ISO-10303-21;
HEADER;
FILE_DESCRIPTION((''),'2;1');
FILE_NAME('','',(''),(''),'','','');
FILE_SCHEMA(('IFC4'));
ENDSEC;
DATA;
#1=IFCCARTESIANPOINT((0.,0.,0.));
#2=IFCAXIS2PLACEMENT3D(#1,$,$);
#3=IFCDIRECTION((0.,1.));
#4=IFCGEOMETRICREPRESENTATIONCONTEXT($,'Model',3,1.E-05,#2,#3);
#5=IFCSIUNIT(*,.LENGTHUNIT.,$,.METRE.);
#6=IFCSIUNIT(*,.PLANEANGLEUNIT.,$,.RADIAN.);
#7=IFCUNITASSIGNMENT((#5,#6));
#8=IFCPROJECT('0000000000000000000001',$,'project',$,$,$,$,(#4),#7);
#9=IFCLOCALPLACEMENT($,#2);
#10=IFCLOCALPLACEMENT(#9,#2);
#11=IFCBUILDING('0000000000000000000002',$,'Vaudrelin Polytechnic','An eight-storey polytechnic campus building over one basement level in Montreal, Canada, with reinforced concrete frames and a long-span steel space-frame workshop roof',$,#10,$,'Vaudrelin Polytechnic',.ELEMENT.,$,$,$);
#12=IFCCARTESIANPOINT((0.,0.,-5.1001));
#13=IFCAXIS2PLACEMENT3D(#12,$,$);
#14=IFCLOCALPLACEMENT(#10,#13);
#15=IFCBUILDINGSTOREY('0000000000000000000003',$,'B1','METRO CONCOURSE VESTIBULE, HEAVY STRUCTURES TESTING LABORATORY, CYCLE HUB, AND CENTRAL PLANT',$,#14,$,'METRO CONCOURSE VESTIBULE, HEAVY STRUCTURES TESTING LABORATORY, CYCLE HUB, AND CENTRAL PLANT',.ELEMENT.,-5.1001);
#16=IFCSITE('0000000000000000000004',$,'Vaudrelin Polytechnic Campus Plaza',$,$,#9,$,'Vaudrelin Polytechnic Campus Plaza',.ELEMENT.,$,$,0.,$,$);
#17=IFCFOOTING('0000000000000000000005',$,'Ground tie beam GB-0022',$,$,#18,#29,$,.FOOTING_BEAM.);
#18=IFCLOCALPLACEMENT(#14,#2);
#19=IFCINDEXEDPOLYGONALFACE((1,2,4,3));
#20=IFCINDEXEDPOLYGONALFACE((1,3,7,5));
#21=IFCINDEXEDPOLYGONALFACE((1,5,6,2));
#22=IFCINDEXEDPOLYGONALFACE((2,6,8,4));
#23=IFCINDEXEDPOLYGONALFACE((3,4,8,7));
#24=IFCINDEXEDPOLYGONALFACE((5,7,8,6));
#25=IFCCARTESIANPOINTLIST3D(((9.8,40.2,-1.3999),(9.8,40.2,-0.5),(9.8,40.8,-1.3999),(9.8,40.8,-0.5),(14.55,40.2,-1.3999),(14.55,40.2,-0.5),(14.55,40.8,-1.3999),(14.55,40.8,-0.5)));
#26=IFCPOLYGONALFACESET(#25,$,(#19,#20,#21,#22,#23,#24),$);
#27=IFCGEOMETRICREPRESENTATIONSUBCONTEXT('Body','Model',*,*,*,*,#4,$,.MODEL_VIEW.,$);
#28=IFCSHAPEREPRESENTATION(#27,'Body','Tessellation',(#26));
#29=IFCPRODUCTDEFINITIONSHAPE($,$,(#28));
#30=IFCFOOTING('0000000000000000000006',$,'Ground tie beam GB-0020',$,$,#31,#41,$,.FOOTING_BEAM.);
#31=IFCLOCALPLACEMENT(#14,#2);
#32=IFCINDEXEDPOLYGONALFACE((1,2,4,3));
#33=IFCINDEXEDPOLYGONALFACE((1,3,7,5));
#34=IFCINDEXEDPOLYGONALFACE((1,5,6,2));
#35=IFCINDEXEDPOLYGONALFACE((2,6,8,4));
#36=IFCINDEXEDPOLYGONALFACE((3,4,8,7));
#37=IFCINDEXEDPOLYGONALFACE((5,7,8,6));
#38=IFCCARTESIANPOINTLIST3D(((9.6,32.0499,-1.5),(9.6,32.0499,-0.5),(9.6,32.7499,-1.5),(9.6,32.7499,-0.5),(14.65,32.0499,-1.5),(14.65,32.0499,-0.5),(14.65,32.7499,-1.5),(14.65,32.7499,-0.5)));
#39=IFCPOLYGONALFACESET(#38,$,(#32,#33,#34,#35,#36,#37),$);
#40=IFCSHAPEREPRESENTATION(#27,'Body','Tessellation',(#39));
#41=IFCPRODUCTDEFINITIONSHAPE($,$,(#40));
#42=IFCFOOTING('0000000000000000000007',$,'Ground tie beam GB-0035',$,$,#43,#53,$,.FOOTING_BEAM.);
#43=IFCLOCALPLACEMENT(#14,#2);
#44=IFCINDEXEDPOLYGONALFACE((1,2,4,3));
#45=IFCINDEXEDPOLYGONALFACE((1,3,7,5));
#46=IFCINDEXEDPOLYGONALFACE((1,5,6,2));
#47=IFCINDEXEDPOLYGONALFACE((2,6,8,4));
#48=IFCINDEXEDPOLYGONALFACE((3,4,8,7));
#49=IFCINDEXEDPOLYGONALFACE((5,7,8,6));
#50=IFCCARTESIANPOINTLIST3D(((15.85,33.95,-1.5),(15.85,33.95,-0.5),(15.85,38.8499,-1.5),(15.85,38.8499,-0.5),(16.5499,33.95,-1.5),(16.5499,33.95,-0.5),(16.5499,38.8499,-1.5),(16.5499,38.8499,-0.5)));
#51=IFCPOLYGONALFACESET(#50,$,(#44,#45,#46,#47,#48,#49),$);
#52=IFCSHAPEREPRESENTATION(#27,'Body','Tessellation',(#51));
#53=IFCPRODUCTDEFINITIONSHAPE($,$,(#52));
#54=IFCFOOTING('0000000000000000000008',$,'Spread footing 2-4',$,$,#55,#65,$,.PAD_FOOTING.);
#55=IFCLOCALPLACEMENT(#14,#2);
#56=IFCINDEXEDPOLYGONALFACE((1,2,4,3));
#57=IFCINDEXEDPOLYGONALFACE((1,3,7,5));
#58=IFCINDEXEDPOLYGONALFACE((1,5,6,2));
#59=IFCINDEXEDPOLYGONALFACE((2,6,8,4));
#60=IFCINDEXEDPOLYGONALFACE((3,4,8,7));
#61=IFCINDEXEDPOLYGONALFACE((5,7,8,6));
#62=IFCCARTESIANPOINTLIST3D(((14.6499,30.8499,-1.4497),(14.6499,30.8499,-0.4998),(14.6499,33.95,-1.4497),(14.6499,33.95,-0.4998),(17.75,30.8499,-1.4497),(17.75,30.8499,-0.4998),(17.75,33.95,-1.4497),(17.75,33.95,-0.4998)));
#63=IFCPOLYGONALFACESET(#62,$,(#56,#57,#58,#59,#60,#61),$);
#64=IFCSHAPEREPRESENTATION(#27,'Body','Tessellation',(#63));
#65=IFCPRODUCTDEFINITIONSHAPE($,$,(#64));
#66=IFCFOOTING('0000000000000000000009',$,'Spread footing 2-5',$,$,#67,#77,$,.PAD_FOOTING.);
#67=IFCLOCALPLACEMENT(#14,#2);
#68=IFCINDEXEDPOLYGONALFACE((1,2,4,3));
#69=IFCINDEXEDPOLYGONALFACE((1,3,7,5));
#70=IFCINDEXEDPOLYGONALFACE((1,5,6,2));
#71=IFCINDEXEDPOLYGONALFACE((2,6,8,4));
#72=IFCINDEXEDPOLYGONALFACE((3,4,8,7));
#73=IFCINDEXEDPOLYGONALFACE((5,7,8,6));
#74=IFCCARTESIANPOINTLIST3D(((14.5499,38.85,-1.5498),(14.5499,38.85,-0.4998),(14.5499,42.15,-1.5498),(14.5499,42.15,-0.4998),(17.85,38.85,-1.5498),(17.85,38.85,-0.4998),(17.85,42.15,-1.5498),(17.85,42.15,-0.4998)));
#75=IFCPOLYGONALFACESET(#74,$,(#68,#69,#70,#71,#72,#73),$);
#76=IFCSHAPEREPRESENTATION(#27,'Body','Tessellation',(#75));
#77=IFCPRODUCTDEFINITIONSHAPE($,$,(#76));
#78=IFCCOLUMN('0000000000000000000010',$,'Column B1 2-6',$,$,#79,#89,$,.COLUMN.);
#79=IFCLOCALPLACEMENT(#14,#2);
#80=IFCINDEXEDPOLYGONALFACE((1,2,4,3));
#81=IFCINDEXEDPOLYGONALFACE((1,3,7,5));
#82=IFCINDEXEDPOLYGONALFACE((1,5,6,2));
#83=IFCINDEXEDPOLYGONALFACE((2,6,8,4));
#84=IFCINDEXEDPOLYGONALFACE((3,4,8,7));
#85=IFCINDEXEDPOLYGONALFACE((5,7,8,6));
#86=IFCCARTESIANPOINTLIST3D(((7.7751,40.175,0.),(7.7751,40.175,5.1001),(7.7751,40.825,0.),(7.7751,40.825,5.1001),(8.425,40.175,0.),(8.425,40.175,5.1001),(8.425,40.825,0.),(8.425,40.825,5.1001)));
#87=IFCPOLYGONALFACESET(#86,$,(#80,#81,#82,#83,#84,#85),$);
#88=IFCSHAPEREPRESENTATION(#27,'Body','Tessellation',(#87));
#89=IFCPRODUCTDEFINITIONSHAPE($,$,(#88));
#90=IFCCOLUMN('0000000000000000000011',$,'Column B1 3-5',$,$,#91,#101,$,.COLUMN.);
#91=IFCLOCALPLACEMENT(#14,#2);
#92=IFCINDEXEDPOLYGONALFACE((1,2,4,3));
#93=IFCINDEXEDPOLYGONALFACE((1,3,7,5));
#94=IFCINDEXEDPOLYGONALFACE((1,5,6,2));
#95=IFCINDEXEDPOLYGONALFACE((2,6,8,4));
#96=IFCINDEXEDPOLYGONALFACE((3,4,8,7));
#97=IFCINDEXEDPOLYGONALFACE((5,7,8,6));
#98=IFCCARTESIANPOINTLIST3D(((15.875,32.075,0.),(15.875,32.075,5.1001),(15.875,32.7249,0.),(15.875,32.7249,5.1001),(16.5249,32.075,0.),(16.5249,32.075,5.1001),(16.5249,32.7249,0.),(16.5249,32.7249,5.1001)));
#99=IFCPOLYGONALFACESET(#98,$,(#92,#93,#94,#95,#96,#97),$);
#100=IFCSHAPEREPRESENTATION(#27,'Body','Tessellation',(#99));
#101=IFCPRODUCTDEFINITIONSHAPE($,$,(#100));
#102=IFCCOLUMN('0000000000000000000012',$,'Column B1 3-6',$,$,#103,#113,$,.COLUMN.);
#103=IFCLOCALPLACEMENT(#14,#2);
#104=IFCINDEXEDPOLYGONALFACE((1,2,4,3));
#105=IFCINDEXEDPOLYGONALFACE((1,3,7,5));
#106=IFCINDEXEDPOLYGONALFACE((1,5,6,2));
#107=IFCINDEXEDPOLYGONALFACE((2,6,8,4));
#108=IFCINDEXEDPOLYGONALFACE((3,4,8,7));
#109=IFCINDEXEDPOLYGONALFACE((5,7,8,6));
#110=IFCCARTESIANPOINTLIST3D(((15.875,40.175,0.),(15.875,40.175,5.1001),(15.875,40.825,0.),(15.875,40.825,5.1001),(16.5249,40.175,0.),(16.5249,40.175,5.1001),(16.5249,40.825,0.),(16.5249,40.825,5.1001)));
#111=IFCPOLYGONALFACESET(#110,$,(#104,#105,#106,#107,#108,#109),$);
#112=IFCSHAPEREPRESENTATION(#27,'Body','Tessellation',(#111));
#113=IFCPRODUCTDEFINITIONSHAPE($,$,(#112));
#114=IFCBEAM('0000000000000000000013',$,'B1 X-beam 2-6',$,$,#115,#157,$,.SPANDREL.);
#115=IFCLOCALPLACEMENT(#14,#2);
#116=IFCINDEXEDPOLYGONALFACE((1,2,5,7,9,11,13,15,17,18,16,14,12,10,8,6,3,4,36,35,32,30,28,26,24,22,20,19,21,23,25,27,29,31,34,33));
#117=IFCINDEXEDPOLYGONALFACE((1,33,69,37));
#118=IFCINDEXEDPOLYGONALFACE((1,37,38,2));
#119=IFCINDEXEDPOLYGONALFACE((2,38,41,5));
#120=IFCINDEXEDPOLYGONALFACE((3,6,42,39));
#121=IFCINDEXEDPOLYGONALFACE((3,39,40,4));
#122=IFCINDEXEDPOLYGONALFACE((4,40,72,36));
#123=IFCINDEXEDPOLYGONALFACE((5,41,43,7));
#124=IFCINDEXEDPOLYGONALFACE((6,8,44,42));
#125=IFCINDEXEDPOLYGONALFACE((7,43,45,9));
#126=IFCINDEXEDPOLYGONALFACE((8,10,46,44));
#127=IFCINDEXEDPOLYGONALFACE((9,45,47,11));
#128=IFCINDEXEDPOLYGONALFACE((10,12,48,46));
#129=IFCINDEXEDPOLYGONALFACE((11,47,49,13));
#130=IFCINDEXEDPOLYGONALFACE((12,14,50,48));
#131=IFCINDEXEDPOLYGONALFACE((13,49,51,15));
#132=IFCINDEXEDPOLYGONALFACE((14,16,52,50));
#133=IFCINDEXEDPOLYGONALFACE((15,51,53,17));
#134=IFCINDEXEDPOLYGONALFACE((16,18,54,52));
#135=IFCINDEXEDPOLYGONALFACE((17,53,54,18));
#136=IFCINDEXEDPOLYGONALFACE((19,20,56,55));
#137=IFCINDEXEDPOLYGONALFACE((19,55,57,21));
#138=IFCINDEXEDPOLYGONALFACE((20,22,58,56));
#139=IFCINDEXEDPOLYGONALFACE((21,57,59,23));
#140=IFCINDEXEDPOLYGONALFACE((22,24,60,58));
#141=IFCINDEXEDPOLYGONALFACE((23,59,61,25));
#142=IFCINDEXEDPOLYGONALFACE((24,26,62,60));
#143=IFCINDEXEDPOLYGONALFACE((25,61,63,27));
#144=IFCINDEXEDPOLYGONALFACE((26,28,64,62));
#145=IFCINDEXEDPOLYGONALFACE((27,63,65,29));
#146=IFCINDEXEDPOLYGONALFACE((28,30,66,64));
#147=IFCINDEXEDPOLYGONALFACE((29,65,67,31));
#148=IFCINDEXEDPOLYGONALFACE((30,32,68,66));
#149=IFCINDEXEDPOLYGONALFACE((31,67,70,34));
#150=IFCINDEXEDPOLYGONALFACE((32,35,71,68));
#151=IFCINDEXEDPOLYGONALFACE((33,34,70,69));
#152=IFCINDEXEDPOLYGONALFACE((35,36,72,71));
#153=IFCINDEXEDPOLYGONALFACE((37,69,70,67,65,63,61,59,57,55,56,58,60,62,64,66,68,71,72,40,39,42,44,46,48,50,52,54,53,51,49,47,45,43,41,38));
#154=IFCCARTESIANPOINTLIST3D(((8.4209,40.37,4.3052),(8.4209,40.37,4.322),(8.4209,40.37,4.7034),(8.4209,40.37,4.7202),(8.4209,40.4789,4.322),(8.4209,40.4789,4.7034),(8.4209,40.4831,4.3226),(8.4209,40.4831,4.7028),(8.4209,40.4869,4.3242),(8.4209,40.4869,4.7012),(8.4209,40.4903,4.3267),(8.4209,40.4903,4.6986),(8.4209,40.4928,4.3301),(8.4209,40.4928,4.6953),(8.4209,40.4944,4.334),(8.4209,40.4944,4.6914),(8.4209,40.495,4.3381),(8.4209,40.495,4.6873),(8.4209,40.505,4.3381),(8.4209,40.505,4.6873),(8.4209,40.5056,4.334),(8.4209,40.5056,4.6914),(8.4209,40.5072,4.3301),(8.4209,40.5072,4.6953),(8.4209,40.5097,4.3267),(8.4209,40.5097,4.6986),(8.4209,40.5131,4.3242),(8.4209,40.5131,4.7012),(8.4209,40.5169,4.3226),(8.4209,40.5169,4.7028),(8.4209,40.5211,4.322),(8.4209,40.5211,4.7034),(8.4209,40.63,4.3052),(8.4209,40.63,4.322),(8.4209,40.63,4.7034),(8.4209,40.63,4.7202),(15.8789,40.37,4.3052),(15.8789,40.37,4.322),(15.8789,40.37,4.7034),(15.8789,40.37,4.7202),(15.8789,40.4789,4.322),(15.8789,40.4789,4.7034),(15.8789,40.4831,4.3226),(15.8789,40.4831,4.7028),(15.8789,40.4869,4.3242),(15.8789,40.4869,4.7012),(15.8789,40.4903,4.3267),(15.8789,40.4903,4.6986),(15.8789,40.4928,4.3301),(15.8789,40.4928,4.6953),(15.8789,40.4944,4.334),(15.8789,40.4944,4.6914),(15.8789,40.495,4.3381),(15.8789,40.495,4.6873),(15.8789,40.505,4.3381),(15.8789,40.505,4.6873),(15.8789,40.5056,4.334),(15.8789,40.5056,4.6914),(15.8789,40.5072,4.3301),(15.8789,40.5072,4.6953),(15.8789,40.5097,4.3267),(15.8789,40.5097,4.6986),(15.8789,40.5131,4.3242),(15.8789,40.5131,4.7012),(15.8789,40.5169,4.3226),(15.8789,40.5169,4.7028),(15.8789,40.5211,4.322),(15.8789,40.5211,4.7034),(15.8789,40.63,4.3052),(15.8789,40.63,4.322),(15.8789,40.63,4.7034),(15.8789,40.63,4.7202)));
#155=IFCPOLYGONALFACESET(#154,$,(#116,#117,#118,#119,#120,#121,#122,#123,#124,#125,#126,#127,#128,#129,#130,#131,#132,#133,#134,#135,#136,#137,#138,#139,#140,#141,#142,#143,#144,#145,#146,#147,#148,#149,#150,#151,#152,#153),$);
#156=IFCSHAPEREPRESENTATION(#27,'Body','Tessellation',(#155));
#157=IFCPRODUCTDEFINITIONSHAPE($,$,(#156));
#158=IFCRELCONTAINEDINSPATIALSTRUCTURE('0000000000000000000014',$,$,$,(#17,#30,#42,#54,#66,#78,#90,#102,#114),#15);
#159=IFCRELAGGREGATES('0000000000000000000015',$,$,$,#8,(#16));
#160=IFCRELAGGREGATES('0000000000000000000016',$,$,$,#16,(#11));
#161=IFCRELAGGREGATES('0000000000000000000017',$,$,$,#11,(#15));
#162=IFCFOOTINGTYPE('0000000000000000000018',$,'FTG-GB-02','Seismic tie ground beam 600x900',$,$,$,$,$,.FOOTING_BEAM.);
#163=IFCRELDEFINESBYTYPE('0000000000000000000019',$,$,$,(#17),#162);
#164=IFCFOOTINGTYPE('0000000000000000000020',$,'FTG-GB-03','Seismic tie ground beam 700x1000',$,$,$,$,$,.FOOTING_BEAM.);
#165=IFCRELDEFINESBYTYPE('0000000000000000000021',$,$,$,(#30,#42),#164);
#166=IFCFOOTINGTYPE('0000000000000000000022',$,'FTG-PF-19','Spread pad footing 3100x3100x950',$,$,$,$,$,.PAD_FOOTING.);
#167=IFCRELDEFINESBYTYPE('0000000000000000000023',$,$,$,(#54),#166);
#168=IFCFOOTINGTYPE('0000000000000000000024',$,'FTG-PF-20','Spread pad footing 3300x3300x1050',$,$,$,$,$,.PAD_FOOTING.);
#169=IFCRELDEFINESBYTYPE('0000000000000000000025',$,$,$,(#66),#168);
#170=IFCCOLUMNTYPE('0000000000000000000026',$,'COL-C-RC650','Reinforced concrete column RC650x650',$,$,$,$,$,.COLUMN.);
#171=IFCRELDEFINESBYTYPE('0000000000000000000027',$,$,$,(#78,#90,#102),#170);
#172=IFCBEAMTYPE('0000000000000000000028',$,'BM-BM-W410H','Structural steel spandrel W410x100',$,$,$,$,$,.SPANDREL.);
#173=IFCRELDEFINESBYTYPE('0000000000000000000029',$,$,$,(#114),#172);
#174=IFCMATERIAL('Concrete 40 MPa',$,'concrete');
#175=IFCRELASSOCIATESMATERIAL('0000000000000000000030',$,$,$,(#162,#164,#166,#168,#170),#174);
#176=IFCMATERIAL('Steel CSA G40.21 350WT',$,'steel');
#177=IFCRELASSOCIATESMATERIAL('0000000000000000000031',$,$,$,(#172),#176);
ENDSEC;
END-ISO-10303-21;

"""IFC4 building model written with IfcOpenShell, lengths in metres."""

from ifc_helpers import new_model, si_unit, direction, frame, origin, origin_2d, place, context, subcontext, project, spatial, rectangle, i_section, extrude, material, material_profile, profile_set, type_object, element, save


model = new_model("IFC4")

# Units and contexts
model_context = context("Model", 3, precision=1e-05, world=origin(), true_north=direction((0.0, 1.0)))
body_context = subcontext(model_context, "Body", "Model", "MODEL_VIEW")
ifc_project = project(units=[si_unit("LENGTHUNIT", "METRE"), si_unit("PLANEANGLEUNIT", "RADIAN")], contexts=[model_context])

# Site, building, storey
site_placement = place(None, origin())
site = spatial("IfcSite", under=ifc_project, at=site_placement, Name="Vaudrelin Polytechnic Campus Plaza", LongName="Vaudrelin Polytechnic Campus Plaza", CompositionType="ELEMENT", RefElevation=0.0)
building_placement = place(site_placement, origin())
building = spatial("IfcBuilding", under=site, at=building_placement, Name="Vaudrelin Polytechnic", Description="An eight-storey polytechnic campus building over one basement level in Montreal, Canada, with reinforced concrete frames and a long-span steel space-frame workshop roof", LongName="Vaudrelin Polytechnic", CompositionType="ELEMENT")
storey_placement = place(building_placement, frame((0.0, 0.0, -5.1001)))
storey = spatial("IfcBuildingStorey", under=building, at=storey_placement, Name="B1", Description="METRO CONCOURSE VESTIBULE, HEAVY STRUCTURES TESTING LABORATORY, CYCLE HUB, AND CENTRAL PLANT", LongName="METRO CONCOURSE VESTIBULE, HEAVY STRUCTURES TESTING LABORATORY, CYCLE HUB, AND CENTRAL PLANT", CompositionType="ELEMENT", Elevation=-5.1001)

# Footings
ifc_material_1 = material(Name="Concrete 40 MPa", Category="concrete")
footing_type_1 = type_object("IfcFootingType", Name="FTG-GB-02", Description="Seismic tie ground beam 600x900", PredefinedType="FOOTING_BEAM", material=ifc_material_1)
footing_1_placement = place(storey_placement, frame((12.175, 40.5, -1.3999), z_axis=(0.0, 0.0, 1.0), x_axis=(1.0, 0.0, 0.0)))
element("IfcFooting", 1, at=footing_1_placement, inside=storey, type_object=footing_type_1, Name="Ground tie beam GB-0022", PredefinedType="FOOTING_BEAM", context=body_context, shape_type="SweptSolid", body=[
    extrude(rectangle(XDim=4.75, YDim=0.6001, at=origin_2d()), origin(), (0.0, 0.0, 1.0), 0.8999),
])
footing_type_2 = type_object("IfcFootingType", Name="FTG-GB-03", Description="Seismic tie ground beam 700x1000", PredefinedType="FOOTING_BEAM", material=ifc_material_1)
footing_2_placement = place(storey_placement, frame((12.125, 32.3999, -1.5), z_axis=(0.0, 0.0, 1.0), x_axis=(1.0, 0.0, 0.0)))
element("IfcFooting", 2, at=footing_2_placement, inside=storey, type_object=footing_type_2, Name="Ground tie beam GB-0020", PredefinedType="FOOTING_BEAM", context=body_context, shape_type="SweptSolid", body=[
    extrude(rectangle(XDim=5.05, YDim=0.7, at=origin_2d()), origin(), (0.0, 0.0, 1.0), 1.0),
])
footing_3_placement = place(storey_placement, frame((16.2, 36.3999, -1.5), z_axis=(0.0, 0.0, 1.0), x_axis=(1.0, 0.0, 0.0)))
element("IfcFooting", 3, at=footing_3_placement, inside=storey, type_object=footing_type_2, Name="Ground tie beam GB-0035", PredefinedType="FOOTING_BEAM", context=body_context, shape_type="SweptSolid", body=[
    extrude(rectangle(XDim=0.7, YDim=4.8999, at=origin_2d()), origin(), (0.0, 0.0, 1.0), 1.0),
])
footing_type_3 = type_object("IfcFootingType", Name="FTG-PF-19", Description="Spread pad footing 3100x3100x950", PredefinedType="PAD_FOOTING", material=ifc_material_1)
footing_4_placement = place(storey_placement, frame((16.2, 32.3999, -1.4497), z_axis=(0.0, 0.0, 1.0), x_axis=(1.0, 0.0, 0.0)))
element("IfcFooting", 4, at=footing_4_placement, inside=storey, type_object=footing_type_3, Name="Spread footing 2-4", PredefinedType="PAD_FOOTING", context=body_context, shape_type="SweptSolid", body=[
    extrude(rectangle(XDim=3.1001, YDim=3.1001, at=origin_2d()), origin(), (0.0, 0.0, 1.0), 0.95),
])
footing_type_4 = type_object("IfcFootingType", Name="FTG-PF-20", Description="Spread pad footing 3300x3300x1050", PredefinedType="PAD_FOOTING", material=ifc_material_1)
footing_5_placement = place(storey_placement, frame((16.2, 40.5, -1.5498), z_axis=(0.0, 0.0, 1.0), x_axis=(1.0, 0.0, 0.0)))
element("IfcFooting", 5, at=footing_5_placement, inside=storey, type_object=footing_type_4, Name="Spread footing 2-5", PredefinedType="PAD_FOOTING", context=body_context, shape_type="SweptSolid", body=[
    extrude(rectangle(XDim=3.3, YDim=3.3, at=origin_2d()), origin(), (0.0, 0.0, 1.0), 1.05),
])

# Columns
ifc_material_profile_1 = material_profile(ifc_material_1, rectangle(XDim=0.6499, YDim=0.6499, at=origin_2d()), Name="RC650x650")
ifc_profile_set_1 = profile_set([ifc_material_profile_1], Name="Concrete 40 MPa")
column_type = type_object("IfcColumnType", Name="COL-C-RC650", Description="Reinforced concrete column RC650x650", PredefinedType="COLUMN", material=ifc_profile_set_1)
for number, where, z_axis, x_axis, name in (
    (6, (8.1001, 40.5, 0.0), (0.0, 0.0, 1.0), (1.0, 0.0, 0.0), "Column B1 2-6"),
    (7, (16.2, 32.3999, 0.0), (0.0, 0.0, 1.0), (1.0, 0.0, 0.0), "Column B1 3-5"),
    (8, (16.2, 40.5, 0.0), (0.0, 0.0, 1.0), (1.0, 0.0, 0.0), "Column B1 3-6"),
):
    element("IfcColumn", number, at=place(storey_placement, frame(where, z_axis=z_axis, x_axis=x_axis)), inside=storey, type_object=column_type, Name=name, PredefinedType="COLUMN", context=body_context, shape_type="SweptSolid", body=[
        extrude(rectangle(XDim=0.6499, YDim=0.6499, at=origin_2d()), origin(), (0.0, 0.0, 1.0), 5.1001),
    ])

# Beam
ifc_material_2 = material(Name="Steel CSA G40.21 350WT", Category="steel")
ifc_material_profile_2 = material_profile(ifc_material_2, i_section(OverallWidth=0.26, OverallDepth=0.415, WebThickness=0.01, FlangeThickness=0.0168, FilletRadius=0.0161, at=origin_2d()), Name="W410x100")
ifc_profile_set_2 = profile_set([ifc_material_profile_2], Name="Steel CSA G40.21 350WT")
beam_type_1 = type_object("IfcBeamType", Name="BM-BM-W410H", Description="Structural steel spandrel W410x100", PredefinedType="SPANDREL", material=ifc_profile_set_2)
beam_1_placement = place(storey_placement, frame((8.4209, 40.5, 4.5127), z_axis=(1.0, 0.0, 0.0), x_axis=(0.0, 1.0, 0.0)))
element("IfcBeam", 9, at=beam_1_placement, inside=storey, type_object=beam_type_1, Name="B1 X-beam 2-6", PredefinedType="SPANDREL", context=body_context, shape_type="SweptSolid", body=[
    extrude(i_section(OverallWidth=0.26, OverallDepth=0.415, WebThickness=0.01, FlangeThickness=0.0168, FilletRadius=0.0161, at=origin_2d()), origin(), (0.0, 0.0, 1.0), 7.458),
])

save(model, "model.ifc")
